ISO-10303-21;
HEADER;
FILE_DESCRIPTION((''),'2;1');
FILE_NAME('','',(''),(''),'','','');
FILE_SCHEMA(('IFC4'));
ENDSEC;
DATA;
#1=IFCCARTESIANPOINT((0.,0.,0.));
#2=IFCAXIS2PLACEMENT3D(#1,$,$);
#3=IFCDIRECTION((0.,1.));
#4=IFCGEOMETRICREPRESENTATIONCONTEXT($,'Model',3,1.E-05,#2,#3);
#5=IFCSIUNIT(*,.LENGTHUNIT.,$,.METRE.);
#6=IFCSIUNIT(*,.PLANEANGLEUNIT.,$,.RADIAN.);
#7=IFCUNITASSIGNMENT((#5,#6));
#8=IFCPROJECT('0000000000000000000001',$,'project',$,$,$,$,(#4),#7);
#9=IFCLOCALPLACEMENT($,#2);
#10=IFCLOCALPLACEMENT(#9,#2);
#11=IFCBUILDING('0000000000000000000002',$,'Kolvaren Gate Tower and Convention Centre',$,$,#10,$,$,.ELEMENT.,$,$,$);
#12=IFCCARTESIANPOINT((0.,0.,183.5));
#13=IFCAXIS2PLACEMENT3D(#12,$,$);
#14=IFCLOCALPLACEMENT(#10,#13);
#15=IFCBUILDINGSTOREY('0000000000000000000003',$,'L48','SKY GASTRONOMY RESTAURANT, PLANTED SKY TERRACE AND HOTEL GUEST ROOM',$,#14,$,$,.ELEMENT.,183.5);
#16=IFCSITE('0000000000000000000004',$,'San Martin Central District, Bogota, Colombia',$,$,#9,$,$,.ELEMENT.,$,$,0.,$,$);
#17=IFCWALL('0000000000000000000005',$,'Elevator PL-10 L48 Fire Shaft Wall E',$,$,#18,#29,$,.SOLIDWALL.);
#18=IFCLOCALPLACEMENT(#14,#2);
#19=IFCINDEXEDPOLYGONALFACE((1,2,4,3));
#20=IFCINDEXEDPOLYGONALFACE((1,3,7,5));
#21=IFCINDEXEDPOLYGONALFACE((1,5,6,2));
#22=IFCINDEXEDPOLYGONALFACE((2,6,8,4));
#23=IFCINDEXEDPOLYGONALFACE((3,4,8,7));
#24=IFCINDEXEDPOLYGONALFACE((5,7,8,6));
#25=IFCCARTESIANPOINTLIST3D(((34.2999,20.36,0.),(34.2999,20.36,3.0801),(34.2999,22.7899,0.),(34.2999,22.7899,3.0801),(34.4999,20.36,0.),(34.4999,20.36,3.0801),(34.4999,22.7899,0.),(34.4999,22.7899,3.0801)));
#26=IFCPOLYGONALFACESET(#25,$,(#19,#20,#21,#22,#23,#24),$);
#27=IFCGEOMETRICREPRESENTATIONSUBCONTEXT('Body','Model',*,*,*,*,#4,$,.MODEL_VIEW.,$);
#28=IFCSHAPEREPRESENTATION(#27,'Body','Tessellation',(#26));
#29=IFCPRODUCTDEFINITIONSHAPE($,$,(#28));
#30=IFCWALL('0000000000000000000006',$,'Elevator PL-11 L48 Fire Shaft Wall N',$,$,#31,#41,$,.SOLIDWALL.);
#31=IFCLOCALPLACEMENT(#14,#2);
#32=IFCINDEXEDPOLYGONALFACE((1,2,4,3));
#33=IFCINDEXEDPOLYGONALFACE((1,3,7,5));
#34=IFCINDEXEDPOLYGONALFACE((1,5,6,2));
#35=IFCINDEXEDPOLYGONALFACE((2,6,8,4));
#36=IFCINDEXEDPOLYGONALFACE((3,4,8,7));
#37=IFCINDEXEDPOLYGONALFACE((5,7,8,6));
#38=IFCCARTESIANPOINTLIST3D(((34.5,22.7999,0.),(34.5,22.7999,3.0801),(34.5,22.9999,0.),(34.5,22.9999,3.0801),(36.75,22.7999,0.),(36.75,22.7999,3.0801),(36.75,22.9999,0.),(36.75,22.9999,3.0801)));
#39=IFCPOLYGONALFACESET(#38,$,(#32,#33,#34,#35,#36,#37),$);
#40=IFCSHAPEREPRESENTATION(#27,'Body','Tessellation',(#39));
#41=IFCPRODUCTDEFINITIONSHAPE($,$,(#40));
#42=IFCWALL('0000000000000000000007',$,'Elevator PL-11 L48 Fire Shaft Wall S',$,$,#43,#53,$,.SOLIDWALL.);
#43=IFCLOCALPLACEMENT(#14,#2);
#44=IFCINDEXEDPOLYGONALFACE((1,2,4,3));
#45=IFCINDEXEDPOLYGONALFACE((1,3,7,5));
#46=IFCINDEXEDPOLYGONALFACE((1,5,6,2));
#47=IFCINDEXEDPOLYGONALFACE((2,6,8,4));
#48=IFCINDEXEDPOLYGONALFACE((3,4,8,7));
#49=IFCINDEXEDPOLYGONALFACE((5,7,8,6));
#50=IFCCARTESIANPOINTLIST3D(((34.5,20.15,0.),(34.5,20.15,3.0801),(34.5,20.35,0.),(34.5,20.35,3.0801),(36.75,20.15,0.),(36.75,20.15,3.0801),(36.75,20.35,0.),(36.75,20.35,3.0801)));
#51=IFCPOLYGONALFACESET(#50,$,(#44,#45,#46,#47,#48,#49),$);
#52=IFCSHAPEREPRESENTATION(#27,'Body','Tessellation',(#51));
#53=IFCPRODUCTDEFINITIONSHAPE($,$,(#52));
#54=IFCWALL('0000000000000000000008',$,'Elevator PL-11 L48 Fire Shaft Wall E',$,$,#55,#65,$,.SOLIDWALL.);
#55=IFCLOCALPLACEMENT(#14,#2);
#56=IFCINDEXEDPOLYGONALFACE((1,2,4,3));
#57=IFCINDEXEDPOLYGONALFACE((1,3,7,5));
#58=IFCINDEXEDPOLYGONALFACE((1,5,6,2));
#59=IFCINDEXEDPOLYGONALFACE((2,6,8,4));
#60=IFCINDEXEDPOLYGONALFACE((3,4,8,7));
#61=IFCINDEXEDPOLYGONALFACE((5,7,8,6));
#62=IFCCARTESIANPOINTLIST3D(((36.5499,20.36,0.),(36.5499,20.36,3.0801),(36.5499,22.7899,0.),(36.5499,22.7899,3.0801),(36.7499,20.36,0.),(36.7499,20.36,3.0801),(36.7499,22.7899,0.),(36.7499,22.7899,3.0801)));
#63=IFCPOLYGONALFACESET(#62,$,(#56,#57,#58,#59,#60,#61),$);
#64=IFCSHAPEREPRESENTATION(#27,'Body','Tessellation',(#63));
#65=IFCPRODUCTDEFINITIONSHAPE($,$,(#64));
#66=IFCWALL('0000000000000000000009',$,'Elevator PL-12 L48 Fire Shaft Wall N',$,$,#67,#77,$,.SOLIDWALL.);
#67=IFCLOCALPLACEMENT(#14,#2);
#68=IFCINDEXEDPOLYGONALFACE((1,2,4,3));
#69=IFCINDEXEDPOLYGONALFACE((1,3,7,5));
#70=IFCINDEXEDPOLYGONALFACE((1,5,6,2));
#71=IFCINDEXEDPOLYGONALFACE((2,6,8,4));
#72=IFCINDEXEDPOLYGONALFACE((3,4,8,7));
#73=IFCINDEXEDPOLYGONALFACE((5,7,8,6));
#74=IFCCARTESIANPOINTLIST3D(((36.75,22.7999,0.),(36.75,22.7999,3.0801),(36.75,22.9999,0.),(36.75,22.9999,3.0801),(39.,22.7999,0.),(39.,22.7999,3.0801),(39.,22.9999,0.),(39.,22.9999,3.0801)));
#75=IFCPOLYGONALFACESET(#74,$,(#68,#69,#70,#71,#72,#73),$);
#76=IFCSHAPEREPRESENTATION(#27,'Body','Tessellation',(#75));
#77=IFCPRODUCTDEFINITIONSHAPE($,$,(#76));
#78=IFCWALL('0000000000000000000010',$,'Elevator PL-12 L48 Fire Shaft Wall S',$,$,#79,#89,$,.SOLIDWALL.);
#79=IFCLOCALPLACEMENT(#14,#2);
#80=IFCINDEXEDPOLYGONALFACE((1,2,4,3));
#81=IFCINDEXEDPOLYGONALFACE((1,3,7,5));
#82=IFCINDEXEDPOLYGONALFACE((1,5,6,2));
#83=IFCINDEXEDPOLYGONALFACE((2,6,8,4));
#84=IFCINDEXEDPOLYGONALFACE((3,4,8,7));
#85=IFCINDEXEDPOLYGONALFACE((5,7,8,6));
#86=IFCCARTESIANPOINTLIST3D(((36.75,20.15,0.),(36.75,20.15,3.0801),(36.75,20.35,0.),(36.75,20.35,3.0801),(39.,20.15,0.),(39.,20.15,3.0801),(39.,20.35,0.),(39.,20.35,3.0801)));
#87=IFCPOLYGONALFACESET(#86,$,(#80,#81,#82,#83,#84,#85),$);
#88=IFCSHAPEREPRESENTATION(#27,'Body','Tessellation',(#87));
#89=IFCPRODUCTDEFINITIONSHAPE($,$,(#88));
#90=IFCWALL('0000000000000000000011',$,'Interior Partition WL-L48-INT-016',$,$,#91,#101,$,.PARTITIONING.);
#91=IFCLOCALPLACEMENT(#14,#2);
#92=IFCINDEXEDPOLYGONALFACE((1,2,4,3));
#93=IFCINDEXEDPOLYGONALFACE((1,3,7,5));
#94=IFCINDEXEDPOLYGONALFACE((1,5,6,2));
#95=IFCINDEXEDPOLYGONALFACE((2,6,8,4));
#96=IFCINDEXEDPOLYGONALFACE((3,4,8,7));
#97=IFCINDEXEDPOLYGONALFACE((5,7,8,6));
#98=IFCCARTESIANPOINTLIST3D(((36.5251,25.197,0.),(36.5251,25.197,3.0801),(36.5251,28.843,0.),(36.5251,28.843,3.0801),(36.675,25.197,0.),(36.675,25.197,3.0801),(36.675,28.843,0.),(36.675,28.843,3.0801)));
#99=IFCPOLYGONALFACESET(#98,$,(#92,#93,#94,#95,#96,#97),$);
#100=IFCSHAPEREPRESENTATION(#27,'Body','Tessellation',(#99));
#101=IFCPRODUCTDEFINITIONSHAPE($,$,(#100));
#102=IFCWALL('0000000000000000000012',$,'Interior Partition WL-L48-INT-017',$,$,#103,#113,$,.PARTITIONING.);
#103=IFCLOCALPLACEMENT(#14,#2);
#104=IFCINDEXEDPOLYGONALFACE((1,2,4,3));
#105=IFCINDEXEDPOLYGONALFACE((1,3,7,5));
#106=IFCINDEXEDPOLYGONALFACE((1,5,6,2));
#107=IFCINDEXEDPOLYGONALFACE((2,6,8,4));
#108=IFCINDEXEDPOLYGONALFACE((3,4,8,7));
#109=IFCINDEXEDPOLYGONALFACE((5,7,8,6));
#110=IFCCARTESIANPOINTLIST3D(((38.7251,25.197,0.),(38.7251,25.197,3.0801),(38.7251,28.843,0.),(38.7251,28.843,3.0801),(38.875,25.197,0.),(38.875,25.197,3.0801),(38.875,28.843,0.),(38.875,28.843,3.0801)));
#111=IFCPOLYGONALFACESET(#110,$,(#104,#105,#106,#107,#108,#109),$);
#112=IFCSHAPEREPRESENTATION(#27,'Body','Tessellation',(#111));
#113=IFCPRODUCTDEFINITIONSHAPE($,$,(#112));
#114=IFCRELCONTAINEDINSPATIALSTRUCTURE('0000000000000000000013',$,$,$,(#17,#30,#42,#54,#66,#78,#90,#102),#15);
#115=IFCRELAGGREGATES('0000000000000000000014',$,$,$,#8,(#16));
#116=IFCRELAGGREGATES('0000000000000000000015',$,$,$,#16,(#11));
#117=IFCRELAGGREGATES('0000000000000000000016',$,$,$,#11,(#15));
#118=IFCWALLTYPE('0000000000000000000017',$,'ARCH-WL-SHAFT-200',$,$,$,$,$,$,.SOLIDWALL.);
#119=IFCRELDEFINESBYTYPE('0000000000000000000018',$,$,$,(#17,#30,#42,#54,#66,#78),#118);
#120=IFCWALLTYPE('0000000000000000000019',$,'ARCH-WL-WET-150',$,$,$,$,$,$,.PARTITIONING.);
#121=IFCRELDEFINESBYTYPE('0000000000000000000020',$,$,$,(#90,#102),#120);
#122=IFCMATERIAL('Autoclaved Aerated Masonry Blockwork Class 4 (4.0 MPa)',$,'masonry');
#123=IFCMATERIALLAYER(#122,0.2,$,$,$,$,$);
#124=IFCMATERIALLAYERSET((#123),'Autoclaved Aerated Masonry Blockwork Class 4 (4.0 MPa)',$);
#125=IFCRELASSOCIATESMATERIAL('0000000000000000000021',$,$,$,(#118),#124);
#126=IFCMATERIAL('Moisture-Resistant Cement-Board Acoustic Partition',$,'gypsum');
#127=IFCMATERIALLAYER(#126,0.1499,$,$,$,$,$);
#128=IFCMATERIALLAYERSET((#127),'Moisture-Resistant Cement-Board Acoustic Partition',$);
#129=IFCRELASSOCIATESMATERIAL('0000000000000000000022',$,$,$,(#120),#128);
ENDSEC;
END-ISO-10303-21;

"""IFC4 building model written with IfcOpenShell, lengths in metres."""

from ifc_helpers import new_model, si_unit, direction, frame, frame_2d, origin, place, context, subcontext, project, spatial, rectangle, extrude, material, layer, layer_set, type_object, element, save


model = new_model("IFC4")

# Units and contexts
model_context = context("Model", 3, precision=1e-05, world=origin(), true_north=direction((0.0, 1.0)))
body_context = subcontext(model_context, "Body", "Model", "MODEL_VIEW")
ifc_project = project(units=[si_unit("LENGTHUNIT", "METRE"), si_unit("PLANEANGLEUNIT", "RADIAN")], contexts=[model_context])

# Site, building, storey
site_placement = place(None, origin())
site = spatial("IfcSite", under=ifc_project, at=site_placement, Name="San Martin Central District, Bogota, Colombia", CompositionType="ELEMENT", RefElevation=0.0)
building_placement = place(site_placement, origin())
building = spatial("IfcBuilding", under=site, at=building_placement, Name="Kolvaren Gate Tower and Convention Centre", CompositionType="ELEMENT")
storey_placement = place(building_placement, frame((0.0, 0.0, 183.5)))
storey = spatial("IfcBuildingStorey", under=building, at=storey_placement, Name="L48", Description="SKY GASTRONOMY RESTAURANT, PLANTED SKY TERRACE AND HOTEL GUEST ROOM", CompositionType="ELEMENT", Elevation=183.5)

# Shared definitions
ifc_material_1 = material(Name="Autoclaved Aerated Masonry Blockwork Class 4 (4.0 MPa)", Category="masonry")
ifc_layer_1 = layer(ifc_material_1, 0.2)
ifc_layer_set_1 = layer_set([ifc_layer_1], Name="Autoclaved Aerated Masonry Blockwork Class 4 (4.0 MPa)")
wall_type_1 = type_object("IfcWallType", Name="ARCH-WL-SHAFT-200", PredefinedType="SOLIDWALL", material=ifc_layer_set_1)

# Walls
wall_1_placement = place(storey_placement, frame((34.3999, 20.3601, 0.0), z_axis=(0.0, 0.0, 1.0), x_axis=(0.0, 1.0, 0.0)))
element("IfcWall", 1, at=wall_1_placement, inside=storey, type_object=wall_type_1, Name="Elevator PL-10 L48 Fire Shaft Wall E", PredefinedType="SOLIDWALL", context=body_context, shape_type="SweptSolid", body=[
    extrude(rectangle(XDim=2.4299, YDim=0.2, at=frame_2d((1.2148, 0.0))), origin(), (0.0, 0.0, 1.0), 3.0801),
])
for number, where, z_axis, x_axis, name in (
    (2, (34.5, 22.8999, 0.0), (0.0, 0.0, 1.0), (1.0, 0.0, 0.0), "Elevator PL-11 L48 Fire Shaft Wall N"),
    (3, (34.5, 20.25, 0.0), (0.0, 0.0, 1.0), (1.0, 0.0, 0.0), "Elevator PL-11 L48 Fire Shaft Wall S"),
):
    element("IfcWall", number, at=place(storey_placement, frame(where, z_axis=z_axis, x_axis=x_axis)), inside=storey, type_object=wall_type_1, Name=name, PredefinedType="SOLIDWALL", context=body_context, shape_type="SweptSolid", body=[
        extrude(rectangle(XDim=2.25, YDim=0.2, at=frame_2d((1.125, 0.0))), origin(), (0.0, 0.0, 1.0), 3.0801),
    ])
wall_2_placement = place(storey_placement, frame((36.6499, 20.3601, 0.0), z_axis=(0.0, 0.0, 1.0), x_axis=(0.0, 1.0, 0.0)))
element("IfcWall", 4, at=wall_2_placement, inside=storey, type_object=wall_type_1, Name="Elevator PL-11 L48 Fire Shaft Wall E", PredefinedType="SOLIDWALL", context=body_context, shape_type="SweptSolid", body=[
    extrude(rectangle(XDim=2.4299, YDim=0.2, at=frame_2d((1.2148, 0.0))), origin(), (0.0, 0.0, 1.0), 3.0801),
])
for number, where, z_axis, x_axis, name in (
    (5, (36.75, 22.8999, 0.0), (0.0, 0.0, 1.0), (1.0, 0.0, 0.0), "Elevator PL-12 L48 Fire Shaft Wall N"),
    (6, (36.75, 20.25, 0.0), (0.0, 0.0, 1.0), (1.0, 0.0, 0.0), "Elevator PL-12 L48 Fire Shaft Wall S"),
):
    element("IfcWall", number, at=place(storey_placement, frame(where, z_axis=z_axis, x_axis=x_axis)), inside=storey, type_object=wall_type_1, Name=name, PredefinedType="SOLIDWALL", context=body_context, shape_type="SweptSolid", body=[
        extrude(rectangle(XDim=2.25, YDim=0.2, at=frame_2d((1.125, 0.0))), origin(), (0.0, 0.0, 1.0), 3.0801),
    ])
ifc_material_2 = material(Name="Moisture-Resistant Cement-Board Acoustic Partition", Category="gypsum")
ifc_layer_2 = layer(ifc_material_2, 0.1499)
ifc_layer_set_2 = layer_set([ifc_layer_2], Name="Moisture-Resistant Cement-Board Acoustic Partition")
wall_type_2 = type_object("IfcWallType", Name="ARCH-WL-WET-150", PredefinedType="PARTITIONING", material=ifc_layer_set_2)
for number, where, z_axis, x_axis, name in (
    (7, (36.6001, 25.197, 0.0), (0.0, 0.0, 1.0), (0.0, 1.0, 0.0), "Interior Partition WL-L48-INT-016"),
    (8, (38.8, 25.197, 0.0), (0.0, 0.0, 1.0), (0.0, 1.0, 0.0), "Interior Partition WL-L48-INT-017"),
):
    element("IfcWall", number, at=place(storey_placement, frame(where, z_axis=z_axis, x_axis=x_axis)), inside=storey, type_object=wall_type_2, Name=name, PredefinedType="PARTITIONING", context=body_context, shape_type="SweptSolid", body=[
        extrude(rectangle(XDim=3.646, YDim=0.1499, at=frame_2d((1.823, 0.0))), origin(), (0.0, 0.0, 1.0), 3.0801),
    ])

save(model, "model.ifc")
